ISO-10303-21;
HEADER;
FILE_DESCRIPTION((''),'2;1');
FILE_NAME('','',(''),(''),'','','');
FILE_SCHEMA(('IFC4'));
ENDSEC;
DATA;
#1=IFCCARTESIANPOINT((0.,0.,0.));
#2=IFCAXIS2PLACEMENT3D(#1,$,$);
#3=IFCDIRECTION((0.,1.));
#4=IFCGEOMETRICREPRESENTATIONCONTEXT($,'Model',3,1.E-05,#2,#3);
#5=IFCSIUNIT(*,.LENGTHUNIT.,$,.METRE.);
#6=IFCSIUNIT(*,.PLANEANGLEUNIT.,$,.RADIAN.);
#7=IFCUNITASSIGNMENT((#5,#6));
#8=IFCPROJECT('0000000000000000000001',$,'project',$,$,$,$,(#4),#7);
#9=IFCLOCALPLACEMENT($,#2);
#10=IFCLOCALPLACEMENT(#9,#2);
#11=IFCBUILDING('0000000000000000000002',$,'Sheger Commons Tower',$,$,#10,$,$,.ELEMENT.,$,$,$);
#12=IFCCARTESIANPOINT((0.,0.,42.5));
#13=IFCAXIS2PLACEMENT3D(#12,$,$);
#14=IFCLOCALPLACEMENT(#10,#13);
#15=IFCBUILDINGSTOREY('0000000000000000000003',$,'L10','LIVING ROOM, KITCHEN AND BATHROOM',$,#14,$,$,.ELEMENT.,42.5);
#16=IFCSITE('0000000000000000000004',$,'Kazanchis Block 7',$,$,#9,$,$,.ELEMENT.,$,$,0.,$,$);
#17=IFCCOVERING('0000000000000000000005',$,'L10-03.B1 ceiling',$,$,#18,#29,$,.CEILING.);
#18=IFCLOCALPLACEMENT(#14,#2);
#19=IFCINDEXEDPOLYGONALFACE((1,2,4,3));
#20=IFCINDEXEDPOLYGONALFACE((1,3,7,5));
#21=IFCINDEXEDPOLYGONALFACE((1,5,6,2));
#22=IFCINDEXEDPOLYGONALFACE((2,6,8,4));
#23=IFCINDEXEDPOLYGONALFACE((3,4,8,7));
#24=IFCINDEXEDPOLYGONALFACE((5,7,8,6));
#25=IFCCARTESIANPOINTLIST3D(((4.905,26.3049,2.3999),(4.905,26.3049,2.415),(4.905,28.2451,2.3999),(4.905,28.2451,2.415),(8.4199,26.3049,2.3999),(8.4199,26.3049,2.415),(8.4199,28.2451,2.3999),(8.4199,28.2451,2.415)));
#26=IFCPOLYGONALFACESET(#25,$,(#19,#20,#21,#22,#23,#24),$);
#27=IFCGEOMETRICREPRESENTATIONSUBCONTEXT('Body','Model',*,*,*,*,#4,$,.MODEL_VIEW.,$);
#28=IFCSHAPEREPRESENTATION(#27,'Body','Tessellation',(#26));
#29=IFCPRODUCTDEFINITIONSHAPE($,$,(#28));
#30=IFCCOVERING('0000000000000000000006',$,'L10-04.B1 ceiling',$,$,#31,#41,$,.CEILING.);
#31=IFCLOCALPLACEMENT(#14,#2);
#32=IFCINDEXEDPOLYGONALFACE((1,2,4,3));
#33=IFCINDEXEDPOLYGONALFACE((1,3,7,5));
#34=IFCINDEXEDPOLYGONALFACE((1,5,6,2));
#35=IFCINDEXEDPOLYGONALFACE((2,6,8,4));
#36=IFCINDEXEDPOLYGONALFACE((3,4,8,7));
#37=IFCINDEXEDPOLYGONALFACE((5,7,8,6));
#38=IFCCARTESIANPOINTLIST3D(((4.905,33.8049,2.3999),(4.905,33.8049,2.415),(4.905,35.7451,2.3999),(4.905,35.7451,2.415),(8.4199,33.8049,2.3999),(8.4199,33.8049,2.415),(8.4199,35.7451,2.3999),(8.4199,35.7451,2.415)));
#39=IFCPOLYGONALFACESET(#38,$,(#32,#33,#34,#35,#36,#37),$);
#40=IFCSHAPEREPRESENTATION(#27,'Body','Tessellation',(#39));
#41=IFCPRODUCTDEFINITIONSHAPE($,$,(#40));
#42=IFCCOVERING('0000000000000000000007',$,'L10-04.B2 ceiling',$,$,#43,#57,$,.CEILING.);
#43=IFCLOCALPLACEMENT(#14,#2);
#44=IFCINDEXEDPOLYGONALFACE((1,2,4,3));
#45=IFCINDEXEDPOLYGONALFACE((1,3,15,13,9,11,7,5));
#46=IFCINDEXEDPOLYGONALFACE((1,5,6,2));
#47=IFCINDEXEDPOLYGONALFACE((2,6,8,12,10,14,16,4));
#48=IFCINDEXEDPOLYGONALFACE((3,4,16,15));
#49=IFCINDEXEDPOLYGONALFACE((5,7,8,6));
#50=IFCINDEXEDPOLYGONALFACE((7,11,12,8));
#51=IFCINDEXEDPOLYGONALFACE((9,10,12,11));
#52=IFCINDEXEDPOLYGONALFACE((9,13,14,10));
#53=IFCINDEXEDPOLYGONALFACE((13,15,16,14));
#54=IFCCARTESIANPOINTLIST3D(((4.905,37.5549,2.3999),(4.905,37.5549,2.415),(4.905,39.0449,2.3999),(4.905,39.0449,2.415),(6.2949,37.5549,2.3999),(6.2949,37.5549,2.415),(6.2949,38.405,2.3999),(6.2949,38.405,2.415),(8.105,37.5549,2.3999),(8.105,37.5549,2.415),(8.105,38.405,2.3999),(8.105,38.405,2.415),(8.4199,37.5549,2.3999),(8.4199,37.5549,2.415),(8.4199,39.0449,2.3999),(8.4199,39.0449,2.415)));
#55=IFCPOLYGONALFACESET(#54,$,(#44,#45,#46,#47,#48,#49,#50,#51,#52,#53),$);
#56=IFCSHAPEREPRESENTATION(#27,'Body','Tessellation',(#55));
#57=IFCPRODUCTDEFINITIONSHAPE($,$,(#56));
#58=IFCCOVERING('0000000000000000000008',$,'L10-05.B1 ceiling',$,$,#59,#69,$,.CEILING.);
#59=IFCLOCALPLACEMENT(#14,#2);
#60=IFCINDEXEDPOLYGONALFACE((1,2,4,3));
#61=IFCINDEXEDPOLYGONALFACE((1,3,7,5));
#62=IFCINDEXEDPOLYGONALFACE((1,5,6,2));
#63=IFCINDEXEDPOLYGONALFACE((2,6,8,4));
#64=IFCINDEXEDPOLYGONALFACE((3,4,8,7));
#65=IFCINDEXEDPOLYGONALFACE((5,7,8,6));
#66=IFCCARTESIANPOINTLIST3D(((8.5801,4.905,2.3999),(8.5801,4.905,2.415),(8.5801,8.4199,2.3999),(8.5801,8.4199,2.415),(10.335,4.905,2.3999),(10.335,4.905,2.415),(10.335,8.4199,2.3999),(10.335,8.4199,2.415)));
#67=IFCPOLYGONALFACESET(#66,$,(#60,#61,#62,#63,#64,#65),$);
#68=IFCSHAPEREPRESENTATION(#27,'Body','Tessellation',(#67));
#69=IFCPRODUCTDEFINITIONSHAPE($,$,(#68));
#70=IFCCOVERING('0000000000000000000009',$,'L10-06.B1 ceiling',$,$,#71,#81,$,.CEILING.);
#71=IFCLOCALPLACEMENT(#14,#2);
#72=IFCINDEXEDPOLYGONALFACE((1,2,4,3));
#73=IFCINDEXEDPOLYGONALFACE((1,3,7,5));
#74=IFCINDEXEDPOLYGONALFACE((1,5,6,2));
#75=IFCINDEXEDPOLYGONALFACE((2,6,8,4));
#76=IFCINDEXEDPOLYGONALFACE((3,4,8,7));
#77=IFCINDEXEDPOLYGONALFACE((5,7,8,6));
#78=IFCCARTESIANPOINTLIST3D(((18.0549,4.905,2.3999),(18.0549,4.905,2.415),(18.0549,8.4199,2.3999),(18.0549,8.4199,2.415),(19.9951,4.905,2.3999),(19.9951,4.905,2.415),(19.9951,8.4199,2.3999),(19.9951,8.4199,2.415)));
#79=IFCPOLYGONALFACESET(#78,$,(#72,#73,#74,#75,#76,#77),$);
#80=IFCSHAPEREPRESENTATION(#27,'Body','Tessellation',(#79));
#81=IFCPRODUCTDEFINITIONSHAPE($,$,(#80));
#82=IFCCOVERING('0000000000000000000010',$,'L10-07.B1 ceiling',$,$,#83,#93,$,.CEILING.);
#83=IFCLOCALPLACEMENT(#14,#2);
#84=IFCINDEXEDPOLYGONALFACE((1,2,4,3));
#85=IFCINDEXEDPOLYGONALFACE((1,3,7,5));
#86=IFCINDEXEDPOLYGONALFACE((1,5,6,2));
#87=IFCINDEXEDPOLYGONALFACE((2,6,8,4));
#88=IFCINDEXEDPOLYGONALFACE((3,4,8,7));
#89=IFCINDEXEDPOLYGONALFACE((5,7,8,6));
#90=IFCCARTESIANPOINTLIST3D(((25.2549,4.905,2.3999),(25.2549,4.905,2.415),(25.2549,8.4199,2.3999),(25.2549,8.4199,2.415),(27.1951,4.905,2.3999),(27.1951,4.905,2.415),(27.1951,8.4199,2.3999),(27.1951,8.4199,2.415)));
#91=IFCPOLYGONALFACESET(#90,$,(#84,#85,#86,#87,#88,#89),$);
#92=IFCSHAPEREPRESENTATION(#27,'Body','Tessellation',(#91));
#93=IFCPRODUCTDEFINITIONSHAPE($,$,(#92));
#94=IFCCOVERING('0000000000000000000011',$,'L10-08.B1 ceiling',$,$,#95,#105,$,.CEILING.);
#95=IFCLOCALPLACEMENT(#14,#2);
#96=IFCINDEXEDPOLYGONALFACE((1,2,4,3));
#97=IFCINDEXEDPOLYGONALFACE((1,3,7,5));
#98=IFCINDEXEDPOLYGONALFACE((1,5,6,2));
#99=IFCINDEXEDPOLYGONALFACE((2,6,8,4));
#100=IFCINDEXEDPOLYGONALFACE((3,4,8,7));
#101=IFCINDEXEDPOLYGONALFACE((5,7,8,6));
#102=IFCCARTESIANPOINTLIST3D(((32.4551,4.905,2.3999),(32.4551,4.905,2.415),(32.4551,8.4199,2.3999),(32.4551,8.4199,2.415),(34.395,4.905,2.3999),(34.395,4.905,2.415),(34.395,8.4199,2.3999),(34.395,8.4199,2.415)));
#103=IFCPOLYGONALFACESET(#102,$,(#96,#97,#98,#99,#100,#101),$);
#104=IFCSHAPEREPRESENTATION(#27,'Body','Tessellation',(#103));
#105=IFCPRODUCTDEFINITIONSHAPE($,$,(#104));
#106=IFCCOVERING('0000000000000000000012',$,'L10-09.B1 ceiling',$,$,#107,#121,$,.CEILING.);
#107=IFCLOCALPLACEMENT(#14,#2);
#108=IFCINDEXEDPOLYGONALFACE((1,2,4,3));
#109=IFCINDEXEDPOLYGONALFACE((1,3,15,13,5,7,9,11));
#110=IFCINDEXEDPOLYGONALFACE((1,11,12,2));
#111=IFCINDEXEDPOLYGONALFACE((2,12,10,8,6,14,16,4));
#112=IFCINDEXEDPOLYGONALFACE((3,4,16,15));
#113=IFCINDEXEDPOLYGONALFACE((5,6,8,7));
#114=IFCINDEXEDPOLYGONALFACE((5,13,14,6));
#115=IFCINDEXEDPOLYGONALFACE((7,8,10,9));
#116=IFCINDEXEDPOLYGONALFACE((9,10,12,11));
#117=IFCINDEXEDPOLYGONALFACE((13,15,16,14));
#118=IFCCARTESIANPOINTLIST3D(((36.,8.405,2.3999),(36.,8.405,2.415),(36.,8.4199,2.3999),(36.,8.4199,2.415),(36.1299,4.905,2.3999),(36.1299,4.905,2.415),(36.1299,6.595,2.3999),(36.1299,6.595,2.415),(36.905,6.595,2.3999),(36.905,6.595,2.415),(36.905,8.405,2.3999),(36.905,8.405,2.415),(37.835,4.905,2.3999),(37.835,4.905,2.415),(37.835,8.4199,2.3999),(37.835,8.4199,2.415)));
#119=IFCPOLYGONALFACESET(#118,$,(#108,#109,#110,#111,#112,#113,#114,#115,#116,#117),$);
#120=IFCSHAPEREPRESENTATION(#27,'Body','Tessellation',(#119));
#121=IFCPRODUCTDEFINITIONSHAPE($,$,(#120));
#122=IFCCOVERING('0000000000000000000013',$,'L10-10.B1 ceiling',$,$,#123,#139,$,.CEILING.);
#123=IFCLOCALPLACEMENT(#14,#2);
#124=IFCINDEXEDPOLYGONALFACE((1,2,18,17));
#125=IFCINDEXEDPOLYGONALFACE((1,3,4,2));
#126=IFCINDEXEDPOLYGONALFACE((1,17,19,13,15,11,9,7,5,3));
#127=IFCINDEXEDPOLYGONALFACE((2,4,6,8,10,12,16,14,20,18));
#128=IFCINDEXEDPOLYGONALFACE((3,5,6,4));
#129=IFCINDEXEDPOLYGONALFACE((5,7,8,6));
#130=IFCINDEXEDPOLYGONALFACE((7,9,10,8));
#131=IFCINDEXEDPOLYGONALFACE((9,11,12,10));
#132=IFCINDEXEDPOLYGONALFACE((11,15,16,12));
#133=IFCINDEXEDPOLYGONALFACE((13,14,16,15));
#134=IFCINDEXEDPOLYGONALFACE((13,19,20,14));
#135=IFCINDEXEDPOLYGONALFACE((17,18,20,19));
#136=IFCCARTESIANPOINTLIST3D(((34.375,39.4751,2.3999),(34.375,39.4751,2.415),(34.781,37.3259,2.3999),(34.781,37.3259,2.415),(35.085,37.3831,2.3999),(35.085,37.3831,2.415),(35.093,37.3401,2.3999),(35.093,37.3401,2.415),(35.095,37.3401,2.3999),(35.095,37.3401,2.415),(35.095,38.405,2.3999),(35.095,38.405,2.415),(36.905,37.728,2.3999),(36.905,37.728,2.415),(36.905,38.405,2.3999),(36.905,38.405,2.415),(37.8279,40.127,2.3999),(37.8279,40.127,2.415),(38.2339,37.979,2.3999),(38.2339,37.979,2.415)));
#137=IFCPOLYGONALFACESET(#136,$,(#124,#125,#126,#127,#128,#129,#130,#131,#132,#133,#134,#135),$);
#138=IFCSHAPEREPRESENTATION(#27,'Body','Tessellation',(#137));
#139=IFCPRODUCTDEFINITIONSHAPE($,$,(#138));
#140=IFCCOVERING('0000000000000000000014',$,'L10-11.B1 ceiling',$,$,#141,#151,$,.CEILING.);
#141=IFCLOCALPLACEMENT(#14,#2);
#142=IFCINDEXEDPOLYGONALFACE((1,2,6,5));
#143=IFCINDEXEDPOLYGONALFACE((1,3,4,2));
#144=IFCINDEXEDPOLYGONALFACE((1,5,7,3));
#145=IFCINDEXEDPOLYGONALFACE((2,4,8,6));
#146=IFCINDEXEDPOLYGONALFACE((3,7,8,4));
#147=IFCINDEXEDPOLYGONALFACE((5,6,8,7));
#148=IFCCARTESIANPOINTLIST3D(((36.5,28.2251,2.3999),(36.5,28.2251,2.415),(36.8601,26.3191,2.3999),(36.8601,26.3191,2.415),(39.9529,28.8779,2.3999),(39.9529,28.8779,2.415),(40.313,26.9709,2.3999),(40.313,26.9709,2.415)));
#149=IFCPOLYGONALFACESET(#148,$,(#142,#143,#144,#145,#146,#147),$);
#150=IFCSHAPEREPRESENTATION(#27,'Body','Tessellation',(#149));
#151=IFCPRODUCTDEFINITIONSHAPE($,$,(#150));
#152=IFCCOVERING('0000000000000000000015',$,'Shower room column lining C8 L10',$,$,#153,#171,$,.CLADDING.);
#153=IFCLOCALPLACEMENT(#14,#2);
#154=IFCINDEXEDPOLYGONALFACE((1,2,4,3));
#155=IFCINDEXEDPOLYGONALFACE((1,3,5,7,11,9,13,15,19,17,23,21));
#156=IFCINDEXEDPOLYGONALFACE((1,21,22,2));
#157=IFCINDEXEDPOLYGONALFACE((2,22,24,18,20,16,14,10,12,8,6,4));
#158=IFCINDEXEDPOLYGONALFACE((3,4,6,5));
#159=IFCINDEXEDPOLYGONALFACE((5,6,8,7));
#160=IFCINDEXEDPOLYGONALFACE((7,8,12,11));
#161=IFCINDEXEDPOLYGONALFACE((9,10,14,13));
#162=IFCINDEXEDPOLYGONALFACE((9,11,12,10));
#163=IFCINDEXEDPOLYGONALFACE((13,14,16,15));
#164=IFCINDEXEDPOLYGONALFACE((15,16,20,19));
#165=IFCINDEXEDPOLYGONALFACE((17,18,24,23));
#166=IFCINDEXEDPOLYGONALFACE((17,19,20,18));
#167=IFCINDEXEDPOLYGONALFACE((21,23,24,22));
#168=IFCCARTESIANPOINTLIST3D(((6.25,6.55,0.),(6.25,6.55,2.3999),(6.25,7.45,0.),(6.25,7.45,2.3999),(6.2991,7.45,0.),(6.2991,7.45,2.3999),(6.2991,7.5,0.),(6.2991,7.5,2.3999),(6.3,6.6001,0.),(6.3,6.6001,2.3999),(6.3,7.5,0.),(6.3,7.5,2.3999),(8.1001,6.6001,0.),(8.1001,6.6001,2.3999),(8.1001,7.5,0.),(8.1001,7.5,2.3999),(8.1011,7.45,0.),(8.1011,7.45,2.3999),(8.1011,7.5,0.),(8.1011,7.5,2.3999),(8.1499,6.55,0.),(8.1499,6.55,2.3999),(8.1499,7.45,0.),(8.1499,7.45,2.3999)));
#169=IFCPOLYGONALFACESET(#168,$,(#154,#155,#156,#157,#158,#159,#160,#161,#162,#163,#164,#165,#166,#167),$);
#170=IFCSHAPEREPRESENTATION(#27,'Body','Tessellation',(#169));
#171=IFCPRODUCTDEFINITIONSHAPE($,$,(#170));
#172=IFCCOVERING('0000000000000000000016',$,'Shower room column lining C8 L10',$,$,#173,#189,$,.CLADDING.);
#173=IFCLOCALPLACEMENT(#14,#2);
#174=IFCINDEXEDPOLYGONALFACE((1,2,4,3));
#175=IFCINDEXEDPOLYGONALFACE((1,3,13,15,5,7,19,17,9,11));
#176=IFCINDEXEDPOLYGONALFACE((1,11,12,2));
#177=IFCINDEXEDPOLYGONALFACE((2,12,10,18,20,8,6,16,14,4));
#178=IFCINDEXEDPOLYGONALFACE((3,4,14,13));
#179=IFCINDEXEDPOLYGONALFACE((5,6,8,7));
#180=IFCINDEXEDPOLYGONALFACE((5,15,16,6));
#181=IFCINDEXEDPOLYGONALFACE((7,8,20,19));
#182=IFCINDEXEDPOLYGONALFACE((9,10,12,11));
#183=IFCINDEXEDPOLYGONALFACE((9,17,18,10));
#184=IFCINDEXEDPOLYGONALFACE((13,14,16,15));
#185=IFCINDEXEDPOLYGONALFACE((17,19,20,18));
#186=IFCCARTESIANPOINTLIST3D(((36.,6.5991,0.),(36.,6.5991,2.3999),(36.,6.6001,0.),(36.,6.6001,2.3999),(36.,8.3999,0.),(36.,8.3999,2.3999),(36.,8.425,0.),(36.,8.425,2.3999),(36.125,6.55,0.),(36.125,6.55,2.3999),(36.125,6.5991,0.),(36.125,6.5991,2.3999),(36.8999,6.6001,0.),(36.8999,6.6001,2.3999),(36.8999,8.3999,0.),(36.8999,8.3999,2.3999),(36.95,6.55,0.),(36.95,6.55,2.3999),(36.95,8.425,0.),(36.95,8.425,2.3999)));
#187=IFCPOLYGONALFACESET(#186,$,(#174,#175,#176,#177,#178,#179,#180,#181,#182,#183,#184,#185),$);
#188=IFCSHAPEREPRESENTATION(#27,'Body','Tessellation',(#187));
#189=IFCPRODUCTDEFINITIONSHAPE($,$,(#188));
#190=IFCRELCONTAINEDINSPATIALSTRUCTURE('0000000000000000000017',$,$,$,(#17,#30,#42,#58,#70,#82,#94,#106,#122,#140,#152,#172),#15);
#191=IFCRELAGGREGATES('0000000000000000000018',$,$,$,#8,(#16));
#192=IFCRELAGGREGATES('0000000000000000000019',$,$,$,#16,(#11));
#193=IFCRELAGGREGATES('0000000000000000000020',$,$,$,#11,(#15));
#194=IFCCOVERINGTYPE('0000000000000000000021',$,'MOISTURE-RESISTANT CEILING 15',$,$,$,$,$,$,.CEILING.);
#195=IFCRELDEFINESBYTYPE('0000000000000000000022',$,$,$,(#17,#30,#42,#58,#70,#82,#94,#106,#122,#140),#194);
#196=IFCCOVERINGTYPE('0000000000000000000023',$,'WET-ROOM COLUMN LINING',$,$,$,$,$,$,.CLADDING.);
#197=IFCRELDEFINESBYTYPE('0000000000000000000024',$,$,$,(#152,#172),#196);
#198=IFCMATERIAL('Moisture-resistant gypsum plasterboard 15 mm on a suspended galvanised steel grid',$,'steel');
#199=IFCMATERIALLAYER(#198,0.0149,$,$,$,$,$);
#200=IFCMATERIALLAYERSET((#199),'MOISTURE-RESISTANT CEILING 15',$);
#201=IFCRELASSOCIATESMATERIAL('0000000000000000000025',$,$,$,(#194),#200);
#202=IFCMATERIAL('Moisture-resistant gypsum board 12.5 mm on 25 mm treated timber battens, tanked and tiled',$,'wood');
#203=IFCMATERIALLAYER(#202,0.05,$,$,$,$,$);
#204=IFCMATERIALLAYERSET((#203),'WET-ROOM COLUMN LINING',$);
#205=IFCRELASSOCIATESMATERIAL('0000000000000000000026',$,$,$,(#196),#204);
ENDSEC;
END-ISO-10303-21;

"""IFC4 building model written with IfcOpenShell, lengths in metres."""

from ifc_helpers import new_model, si_unit, direction, frame, origin, place, context, subcontext, project, spatial, polyline, outline, extrude, material, layer, layer_set, type_object, element, save


model = new_model("IFC4")

# Units and contexts
model_context = context("Model", 3, precision=1e-05, world=origin(), true_north=direction((0.0, 1.0)))
body_context = subcontext(model_context, "Body", "Model", "MODEL_VIEW")
ifc_project = project(units=[si_unit("LENGTHUNIT", "METRE"), si_unit("PLANEANGLEUNIT", "RADIAN")], contexts=[model_context])

# Site, building, storey
site_placement = place(None, origin())
site = spatial("IfcSite", under=ifc_project, at=site_placement, Name="Kazanchis Block 7", CompositionType="ELEMENT", RefElevation=0.0)
building_placement = place(site_placement, origin())
building = spatial("IfcBuilding", under=site, at=building_placement, Name="Sheger Commons Tower", CompositionType="ELEMENT")
storey_placement = place(building_placement, frame((0.0, 0.0, 42.5)))
storey = spatial("IfcBuildingStorey", under=building, at=storey_placement, Name="L10", Description="LIVING ROOM, KITCHEN AND BATHROOM", CompositionType="ELEMENT", Elevation=42.5)

# Coverings
ifc_material_1 = material(Name="Moisture-resistant gypsum plasterboard 15 mm on a suspended galvanised steel grid", Category="steel")
ifc_layer_1 = layer(ifc_material_1, 0.0149)
ifc_layer_set_1 = layer_set([ifc_layer_1], Name="MOISTURE-RESISTANT CEILING 15")
covering_type_1 = type_object("IfcCoveringType", Name="MOISTURE-RESISTANT CEILING 15", PredefinedType="CEILING", material=ifc_layer_set_1)
covering_1_placement = place(storey_placement, frame((0.0, 0.0, 2.3999)))
element("IfcCovering", 1, at=covering_1_placement, inside=storey, type_object=covering_type_1, Name="L10-03.B1 ceiling", PredefinedType="CEILING", context=body_context, shape_type="SweptSolid", body=[
    extrude(outline(polyline([(4.905, 26.3049), (8.4199, 26.3049), (8.4199, 28.2451), (4.905, 28.2451), (4.905, 26.3049)])), origin(), (0.0, 0.0, 1.0), 0.0151),
])
covering_2_placement = place(storey_placement, frame((0.0, 0.0, 2.3999)))
element("IfcCovering", 2, at=covering_2_placement, inside=storey, type_object=covering_type_1, Name="L10-04.B1 ceiling", PredefinedType="CEILING", context=body_context, shape_type="SweptSolid", body=[
    extrude(outline(polyline([(4.905, 33.8049), (8.4199, 33.8049), (8.4199, 35.7451), (4.905, 35.7451), (4.905, 33.8049)])), origin(), (0.0, 0.0, 1.0), 0.0151),
])
covering_3_placement = place(storey_placement, frame((0.0, 0.0, 2.3999)))
element("IfcCovering", 3, at=covering_3_placement, inside=storey, type_object=covering_type_1, Name="L10-04.B2 ceiling", PredefinedType="CEILING", context=body_context, shape_type="SweptSolid", body=[
    extrude(outline(polyline([(4.905, 37.5549), (6.2949, 37.5549), (6.2949, 38.405), (8.105, 38.405), (8.105, 37.5549), (8.4199, 37.5549), (8.4199, 39.0449), (4.905, 39.0449), (4.905, 37.5549)])), origin(), (0.0, 0.0, 1.0), 0.0151),
])
covering_4_placement = place(storey_placement, frame((0.0, 0.0, 2.3999)))
element("IfcCovering", 4, at=covering_4_placement, inside=storey, type_object=covering_type_1, Name="L10-05.B1 ceiling", PredefinedType="CEILING", context=body_context, shape_type="SweptSolid", body=[
    extrude(outline(polyline([(8.5801, 4.905), (10.335, 4.905), (10.335, 8.4199), (8.5801, 8.4199), (8.5801, 4.905)])), origin(), (0.0, 0.0, 1.0), 0.0151),
])
covering_5_placement = place(storey_placement, frame((0.0, 0.0, 2.3999)))
element("IfcCovering", 5, at=covering_5_placement, inside=storey, type_object=covering_type_1, Name="L10-06.B1 ceiling", PredefinedType="CEILING", context=body_context, shape_type="SweptSolid", body=[
    extrude(outline(polyline([(18.0549, 4.905), (19.9951, 4.905), (19.9951, 8.4199), (18.0549, 8.4199), (18.0549, 4.905)])), origin(), (0.0, 0.0, 1.0), 0.0151),
])
covering_6_placement = place(storey_placement, frame((0.0, 0.0, 2.3999)))
element("IfcCovering", 6, at=covering_6_placement, inside=storey, type_object=covering_type_1, Name="L10-07.B1 ceiling", PredefinedType="CEILING", context=body_context, shape_type="SweptSolid", body=[
    extrude(outline(polyline([(25.2549, 4.905), (27.1951, 4.905), (27.1951, 8.4199), (25.2549, 8.4199), (25.2549, 4.905)])), origin(), (0.0, 0.0, 1.0), 0.0151),
])
covering_7_placement = place(storey_placement, frame((0.0, 0.0, 2.3999)))
element("IfcCovering", 7, at=covering_7_placement, inside=storey, type_object=covering_type_1, Name="L10-08.B1 ceiling", PredefinedType="CEILING", context=body_context, shape_type="SweptSolid", body=[
    extrude(outline(polyline([(32.4551, 4.905), (34.395, 4.905), (34.395, 8.4199), (32.4551, 8.4199), (32.4551, 4.905)])), origin(), (0.0, 0.0, 1.0), 0.0151),
])
covering_8_placement = place(storey_placement, frame((0.0, 0.0, 2.3999)))
element("IfcCovering", 8, at=covering_8_placement, inside=storey, type_object=covering_type_1, Name="L10-09.B1 ceiling", PredefinedType="CEILING", context=body_context, shape_type="SweptSolid", body=[
    extrude(outline(polyline([(36.1299, 4.905), (37.835, 4.905), (37.835, 8.4199), (36.0, 8.4199), (36.0, 8.405), (36.905, 8.405), (36.905, 6.595), (36.1299, 6.595), (36.1299, 4.905)])), origin(), (0.0, 0.0, 1.0), 0.0151),
])
covering_9_placement = place(storey_placement, frame((0.0, 0.0, 2.3999)))
element("IfcCovering", 9, at=covering_9_placement, inside=storey, type_object=covering_type_1, Name="L10-10.B1 ceiling", PredefinedType="CEILING", context=body_context, shape_type="SweptSolid", body=[
    extrude(outline(polyline([(34.781, 37.3259), (35.085, 37.3831), (35.093, 37.3401), (35.095, 37.3401), (35.095, 38.405), (36.905, 38.405), (36.905, 37.728), (38.2339, 37.979), (37.8279, 40.127), (34.375, 39.4751), (34.781, 37.3259)])), origin(), (0.0, 0.0, 1.0), 0.0151),
])
covering_10_placement = place(storey_placement, frame((0.0, 0.0, 2.3999)))
element("IfcCovering", 10, at=covering_10_placement, inside=storey, type_object=covering_type_1, Name="L10-11.B1 ceiling", PredefinedType="CEILING", context=body_context, shape_type="SweptSolid", body=[
    extrude(outline(polyline([(36.8601, 26.3191), (40.313, 26.9709), (39.9529, 28.8779), (36.5, 28.2251), (36.8601, 26.3191)])), origin(), (0.0, 0.0, 1.0), 0.0151),
])
ifc_material_2 = material(Name="Moisture-resistant gypsum board 12.5 mm on 25 mm treated timber battens, tanked and tiled", Category="wood")
ifc_layer_2 = layer(ifc_material_2, 0.05)
ifc_layer_set_2 = layer_set([ifc_layer_2], Name="WET-ROOM COLUMN LINING")
covering_type_2 = type_object("IfcCoveringType", Name="WET-ROOM COLUMN LINING", PredefinedType="CLADDING", material=ifc_layer_set_2)
covering_11_placement = place(storey_placement, origin())
element("IfcCovering", 11, at=covering_11_placement, inside=storey, type_object=covering_type_2, Name="Shower room column lining C8 L10", PredefinedType="CLADDING", context=body_context, shape_type="SweptSolid", body=[
    extrude(outline(polyline([(6.3, 7.5), (6.3, 6.6001), (8.1001, 6.6001), (8.1001, 7.5), (8.1011, 7.5), (8.1011, 7.45), (8.1499, 7.45), (8.1499, 6.55), (6.25, 6.55), (6.25, 7.45), (6.2991, 7.45), (6.2991, 7.5), (6.3, 7.5)])), origin(), (0.0, 0.0, 1.0), 2.3999),
])
covering_12_placement = place(storey_placement, origin())
element("IfcCovering", 12, at=covering_12_placement, inside=storey, type_object=covering_type_2, Name="Shower room column lining C8 L10", PredefinedType="CLADDING", context=body_context, shape_type="SweptSolid", body=[
    extrude(outline(polyline([(36.95, 6.55), (36.125, 6.55), (36.125, 6.5991), (36.0, 6.5991), (36.0, 6.6001), (36.8999, 6.6001), (36.8999, 8.3999), (36.0, 8.3999), (36.0, 8.425), (36.95, 8.425), (36.95, 6.55)])), origin(), (0.0, 0.0, 1.0), 2.3999),
])

save(model, "model.ifc")
